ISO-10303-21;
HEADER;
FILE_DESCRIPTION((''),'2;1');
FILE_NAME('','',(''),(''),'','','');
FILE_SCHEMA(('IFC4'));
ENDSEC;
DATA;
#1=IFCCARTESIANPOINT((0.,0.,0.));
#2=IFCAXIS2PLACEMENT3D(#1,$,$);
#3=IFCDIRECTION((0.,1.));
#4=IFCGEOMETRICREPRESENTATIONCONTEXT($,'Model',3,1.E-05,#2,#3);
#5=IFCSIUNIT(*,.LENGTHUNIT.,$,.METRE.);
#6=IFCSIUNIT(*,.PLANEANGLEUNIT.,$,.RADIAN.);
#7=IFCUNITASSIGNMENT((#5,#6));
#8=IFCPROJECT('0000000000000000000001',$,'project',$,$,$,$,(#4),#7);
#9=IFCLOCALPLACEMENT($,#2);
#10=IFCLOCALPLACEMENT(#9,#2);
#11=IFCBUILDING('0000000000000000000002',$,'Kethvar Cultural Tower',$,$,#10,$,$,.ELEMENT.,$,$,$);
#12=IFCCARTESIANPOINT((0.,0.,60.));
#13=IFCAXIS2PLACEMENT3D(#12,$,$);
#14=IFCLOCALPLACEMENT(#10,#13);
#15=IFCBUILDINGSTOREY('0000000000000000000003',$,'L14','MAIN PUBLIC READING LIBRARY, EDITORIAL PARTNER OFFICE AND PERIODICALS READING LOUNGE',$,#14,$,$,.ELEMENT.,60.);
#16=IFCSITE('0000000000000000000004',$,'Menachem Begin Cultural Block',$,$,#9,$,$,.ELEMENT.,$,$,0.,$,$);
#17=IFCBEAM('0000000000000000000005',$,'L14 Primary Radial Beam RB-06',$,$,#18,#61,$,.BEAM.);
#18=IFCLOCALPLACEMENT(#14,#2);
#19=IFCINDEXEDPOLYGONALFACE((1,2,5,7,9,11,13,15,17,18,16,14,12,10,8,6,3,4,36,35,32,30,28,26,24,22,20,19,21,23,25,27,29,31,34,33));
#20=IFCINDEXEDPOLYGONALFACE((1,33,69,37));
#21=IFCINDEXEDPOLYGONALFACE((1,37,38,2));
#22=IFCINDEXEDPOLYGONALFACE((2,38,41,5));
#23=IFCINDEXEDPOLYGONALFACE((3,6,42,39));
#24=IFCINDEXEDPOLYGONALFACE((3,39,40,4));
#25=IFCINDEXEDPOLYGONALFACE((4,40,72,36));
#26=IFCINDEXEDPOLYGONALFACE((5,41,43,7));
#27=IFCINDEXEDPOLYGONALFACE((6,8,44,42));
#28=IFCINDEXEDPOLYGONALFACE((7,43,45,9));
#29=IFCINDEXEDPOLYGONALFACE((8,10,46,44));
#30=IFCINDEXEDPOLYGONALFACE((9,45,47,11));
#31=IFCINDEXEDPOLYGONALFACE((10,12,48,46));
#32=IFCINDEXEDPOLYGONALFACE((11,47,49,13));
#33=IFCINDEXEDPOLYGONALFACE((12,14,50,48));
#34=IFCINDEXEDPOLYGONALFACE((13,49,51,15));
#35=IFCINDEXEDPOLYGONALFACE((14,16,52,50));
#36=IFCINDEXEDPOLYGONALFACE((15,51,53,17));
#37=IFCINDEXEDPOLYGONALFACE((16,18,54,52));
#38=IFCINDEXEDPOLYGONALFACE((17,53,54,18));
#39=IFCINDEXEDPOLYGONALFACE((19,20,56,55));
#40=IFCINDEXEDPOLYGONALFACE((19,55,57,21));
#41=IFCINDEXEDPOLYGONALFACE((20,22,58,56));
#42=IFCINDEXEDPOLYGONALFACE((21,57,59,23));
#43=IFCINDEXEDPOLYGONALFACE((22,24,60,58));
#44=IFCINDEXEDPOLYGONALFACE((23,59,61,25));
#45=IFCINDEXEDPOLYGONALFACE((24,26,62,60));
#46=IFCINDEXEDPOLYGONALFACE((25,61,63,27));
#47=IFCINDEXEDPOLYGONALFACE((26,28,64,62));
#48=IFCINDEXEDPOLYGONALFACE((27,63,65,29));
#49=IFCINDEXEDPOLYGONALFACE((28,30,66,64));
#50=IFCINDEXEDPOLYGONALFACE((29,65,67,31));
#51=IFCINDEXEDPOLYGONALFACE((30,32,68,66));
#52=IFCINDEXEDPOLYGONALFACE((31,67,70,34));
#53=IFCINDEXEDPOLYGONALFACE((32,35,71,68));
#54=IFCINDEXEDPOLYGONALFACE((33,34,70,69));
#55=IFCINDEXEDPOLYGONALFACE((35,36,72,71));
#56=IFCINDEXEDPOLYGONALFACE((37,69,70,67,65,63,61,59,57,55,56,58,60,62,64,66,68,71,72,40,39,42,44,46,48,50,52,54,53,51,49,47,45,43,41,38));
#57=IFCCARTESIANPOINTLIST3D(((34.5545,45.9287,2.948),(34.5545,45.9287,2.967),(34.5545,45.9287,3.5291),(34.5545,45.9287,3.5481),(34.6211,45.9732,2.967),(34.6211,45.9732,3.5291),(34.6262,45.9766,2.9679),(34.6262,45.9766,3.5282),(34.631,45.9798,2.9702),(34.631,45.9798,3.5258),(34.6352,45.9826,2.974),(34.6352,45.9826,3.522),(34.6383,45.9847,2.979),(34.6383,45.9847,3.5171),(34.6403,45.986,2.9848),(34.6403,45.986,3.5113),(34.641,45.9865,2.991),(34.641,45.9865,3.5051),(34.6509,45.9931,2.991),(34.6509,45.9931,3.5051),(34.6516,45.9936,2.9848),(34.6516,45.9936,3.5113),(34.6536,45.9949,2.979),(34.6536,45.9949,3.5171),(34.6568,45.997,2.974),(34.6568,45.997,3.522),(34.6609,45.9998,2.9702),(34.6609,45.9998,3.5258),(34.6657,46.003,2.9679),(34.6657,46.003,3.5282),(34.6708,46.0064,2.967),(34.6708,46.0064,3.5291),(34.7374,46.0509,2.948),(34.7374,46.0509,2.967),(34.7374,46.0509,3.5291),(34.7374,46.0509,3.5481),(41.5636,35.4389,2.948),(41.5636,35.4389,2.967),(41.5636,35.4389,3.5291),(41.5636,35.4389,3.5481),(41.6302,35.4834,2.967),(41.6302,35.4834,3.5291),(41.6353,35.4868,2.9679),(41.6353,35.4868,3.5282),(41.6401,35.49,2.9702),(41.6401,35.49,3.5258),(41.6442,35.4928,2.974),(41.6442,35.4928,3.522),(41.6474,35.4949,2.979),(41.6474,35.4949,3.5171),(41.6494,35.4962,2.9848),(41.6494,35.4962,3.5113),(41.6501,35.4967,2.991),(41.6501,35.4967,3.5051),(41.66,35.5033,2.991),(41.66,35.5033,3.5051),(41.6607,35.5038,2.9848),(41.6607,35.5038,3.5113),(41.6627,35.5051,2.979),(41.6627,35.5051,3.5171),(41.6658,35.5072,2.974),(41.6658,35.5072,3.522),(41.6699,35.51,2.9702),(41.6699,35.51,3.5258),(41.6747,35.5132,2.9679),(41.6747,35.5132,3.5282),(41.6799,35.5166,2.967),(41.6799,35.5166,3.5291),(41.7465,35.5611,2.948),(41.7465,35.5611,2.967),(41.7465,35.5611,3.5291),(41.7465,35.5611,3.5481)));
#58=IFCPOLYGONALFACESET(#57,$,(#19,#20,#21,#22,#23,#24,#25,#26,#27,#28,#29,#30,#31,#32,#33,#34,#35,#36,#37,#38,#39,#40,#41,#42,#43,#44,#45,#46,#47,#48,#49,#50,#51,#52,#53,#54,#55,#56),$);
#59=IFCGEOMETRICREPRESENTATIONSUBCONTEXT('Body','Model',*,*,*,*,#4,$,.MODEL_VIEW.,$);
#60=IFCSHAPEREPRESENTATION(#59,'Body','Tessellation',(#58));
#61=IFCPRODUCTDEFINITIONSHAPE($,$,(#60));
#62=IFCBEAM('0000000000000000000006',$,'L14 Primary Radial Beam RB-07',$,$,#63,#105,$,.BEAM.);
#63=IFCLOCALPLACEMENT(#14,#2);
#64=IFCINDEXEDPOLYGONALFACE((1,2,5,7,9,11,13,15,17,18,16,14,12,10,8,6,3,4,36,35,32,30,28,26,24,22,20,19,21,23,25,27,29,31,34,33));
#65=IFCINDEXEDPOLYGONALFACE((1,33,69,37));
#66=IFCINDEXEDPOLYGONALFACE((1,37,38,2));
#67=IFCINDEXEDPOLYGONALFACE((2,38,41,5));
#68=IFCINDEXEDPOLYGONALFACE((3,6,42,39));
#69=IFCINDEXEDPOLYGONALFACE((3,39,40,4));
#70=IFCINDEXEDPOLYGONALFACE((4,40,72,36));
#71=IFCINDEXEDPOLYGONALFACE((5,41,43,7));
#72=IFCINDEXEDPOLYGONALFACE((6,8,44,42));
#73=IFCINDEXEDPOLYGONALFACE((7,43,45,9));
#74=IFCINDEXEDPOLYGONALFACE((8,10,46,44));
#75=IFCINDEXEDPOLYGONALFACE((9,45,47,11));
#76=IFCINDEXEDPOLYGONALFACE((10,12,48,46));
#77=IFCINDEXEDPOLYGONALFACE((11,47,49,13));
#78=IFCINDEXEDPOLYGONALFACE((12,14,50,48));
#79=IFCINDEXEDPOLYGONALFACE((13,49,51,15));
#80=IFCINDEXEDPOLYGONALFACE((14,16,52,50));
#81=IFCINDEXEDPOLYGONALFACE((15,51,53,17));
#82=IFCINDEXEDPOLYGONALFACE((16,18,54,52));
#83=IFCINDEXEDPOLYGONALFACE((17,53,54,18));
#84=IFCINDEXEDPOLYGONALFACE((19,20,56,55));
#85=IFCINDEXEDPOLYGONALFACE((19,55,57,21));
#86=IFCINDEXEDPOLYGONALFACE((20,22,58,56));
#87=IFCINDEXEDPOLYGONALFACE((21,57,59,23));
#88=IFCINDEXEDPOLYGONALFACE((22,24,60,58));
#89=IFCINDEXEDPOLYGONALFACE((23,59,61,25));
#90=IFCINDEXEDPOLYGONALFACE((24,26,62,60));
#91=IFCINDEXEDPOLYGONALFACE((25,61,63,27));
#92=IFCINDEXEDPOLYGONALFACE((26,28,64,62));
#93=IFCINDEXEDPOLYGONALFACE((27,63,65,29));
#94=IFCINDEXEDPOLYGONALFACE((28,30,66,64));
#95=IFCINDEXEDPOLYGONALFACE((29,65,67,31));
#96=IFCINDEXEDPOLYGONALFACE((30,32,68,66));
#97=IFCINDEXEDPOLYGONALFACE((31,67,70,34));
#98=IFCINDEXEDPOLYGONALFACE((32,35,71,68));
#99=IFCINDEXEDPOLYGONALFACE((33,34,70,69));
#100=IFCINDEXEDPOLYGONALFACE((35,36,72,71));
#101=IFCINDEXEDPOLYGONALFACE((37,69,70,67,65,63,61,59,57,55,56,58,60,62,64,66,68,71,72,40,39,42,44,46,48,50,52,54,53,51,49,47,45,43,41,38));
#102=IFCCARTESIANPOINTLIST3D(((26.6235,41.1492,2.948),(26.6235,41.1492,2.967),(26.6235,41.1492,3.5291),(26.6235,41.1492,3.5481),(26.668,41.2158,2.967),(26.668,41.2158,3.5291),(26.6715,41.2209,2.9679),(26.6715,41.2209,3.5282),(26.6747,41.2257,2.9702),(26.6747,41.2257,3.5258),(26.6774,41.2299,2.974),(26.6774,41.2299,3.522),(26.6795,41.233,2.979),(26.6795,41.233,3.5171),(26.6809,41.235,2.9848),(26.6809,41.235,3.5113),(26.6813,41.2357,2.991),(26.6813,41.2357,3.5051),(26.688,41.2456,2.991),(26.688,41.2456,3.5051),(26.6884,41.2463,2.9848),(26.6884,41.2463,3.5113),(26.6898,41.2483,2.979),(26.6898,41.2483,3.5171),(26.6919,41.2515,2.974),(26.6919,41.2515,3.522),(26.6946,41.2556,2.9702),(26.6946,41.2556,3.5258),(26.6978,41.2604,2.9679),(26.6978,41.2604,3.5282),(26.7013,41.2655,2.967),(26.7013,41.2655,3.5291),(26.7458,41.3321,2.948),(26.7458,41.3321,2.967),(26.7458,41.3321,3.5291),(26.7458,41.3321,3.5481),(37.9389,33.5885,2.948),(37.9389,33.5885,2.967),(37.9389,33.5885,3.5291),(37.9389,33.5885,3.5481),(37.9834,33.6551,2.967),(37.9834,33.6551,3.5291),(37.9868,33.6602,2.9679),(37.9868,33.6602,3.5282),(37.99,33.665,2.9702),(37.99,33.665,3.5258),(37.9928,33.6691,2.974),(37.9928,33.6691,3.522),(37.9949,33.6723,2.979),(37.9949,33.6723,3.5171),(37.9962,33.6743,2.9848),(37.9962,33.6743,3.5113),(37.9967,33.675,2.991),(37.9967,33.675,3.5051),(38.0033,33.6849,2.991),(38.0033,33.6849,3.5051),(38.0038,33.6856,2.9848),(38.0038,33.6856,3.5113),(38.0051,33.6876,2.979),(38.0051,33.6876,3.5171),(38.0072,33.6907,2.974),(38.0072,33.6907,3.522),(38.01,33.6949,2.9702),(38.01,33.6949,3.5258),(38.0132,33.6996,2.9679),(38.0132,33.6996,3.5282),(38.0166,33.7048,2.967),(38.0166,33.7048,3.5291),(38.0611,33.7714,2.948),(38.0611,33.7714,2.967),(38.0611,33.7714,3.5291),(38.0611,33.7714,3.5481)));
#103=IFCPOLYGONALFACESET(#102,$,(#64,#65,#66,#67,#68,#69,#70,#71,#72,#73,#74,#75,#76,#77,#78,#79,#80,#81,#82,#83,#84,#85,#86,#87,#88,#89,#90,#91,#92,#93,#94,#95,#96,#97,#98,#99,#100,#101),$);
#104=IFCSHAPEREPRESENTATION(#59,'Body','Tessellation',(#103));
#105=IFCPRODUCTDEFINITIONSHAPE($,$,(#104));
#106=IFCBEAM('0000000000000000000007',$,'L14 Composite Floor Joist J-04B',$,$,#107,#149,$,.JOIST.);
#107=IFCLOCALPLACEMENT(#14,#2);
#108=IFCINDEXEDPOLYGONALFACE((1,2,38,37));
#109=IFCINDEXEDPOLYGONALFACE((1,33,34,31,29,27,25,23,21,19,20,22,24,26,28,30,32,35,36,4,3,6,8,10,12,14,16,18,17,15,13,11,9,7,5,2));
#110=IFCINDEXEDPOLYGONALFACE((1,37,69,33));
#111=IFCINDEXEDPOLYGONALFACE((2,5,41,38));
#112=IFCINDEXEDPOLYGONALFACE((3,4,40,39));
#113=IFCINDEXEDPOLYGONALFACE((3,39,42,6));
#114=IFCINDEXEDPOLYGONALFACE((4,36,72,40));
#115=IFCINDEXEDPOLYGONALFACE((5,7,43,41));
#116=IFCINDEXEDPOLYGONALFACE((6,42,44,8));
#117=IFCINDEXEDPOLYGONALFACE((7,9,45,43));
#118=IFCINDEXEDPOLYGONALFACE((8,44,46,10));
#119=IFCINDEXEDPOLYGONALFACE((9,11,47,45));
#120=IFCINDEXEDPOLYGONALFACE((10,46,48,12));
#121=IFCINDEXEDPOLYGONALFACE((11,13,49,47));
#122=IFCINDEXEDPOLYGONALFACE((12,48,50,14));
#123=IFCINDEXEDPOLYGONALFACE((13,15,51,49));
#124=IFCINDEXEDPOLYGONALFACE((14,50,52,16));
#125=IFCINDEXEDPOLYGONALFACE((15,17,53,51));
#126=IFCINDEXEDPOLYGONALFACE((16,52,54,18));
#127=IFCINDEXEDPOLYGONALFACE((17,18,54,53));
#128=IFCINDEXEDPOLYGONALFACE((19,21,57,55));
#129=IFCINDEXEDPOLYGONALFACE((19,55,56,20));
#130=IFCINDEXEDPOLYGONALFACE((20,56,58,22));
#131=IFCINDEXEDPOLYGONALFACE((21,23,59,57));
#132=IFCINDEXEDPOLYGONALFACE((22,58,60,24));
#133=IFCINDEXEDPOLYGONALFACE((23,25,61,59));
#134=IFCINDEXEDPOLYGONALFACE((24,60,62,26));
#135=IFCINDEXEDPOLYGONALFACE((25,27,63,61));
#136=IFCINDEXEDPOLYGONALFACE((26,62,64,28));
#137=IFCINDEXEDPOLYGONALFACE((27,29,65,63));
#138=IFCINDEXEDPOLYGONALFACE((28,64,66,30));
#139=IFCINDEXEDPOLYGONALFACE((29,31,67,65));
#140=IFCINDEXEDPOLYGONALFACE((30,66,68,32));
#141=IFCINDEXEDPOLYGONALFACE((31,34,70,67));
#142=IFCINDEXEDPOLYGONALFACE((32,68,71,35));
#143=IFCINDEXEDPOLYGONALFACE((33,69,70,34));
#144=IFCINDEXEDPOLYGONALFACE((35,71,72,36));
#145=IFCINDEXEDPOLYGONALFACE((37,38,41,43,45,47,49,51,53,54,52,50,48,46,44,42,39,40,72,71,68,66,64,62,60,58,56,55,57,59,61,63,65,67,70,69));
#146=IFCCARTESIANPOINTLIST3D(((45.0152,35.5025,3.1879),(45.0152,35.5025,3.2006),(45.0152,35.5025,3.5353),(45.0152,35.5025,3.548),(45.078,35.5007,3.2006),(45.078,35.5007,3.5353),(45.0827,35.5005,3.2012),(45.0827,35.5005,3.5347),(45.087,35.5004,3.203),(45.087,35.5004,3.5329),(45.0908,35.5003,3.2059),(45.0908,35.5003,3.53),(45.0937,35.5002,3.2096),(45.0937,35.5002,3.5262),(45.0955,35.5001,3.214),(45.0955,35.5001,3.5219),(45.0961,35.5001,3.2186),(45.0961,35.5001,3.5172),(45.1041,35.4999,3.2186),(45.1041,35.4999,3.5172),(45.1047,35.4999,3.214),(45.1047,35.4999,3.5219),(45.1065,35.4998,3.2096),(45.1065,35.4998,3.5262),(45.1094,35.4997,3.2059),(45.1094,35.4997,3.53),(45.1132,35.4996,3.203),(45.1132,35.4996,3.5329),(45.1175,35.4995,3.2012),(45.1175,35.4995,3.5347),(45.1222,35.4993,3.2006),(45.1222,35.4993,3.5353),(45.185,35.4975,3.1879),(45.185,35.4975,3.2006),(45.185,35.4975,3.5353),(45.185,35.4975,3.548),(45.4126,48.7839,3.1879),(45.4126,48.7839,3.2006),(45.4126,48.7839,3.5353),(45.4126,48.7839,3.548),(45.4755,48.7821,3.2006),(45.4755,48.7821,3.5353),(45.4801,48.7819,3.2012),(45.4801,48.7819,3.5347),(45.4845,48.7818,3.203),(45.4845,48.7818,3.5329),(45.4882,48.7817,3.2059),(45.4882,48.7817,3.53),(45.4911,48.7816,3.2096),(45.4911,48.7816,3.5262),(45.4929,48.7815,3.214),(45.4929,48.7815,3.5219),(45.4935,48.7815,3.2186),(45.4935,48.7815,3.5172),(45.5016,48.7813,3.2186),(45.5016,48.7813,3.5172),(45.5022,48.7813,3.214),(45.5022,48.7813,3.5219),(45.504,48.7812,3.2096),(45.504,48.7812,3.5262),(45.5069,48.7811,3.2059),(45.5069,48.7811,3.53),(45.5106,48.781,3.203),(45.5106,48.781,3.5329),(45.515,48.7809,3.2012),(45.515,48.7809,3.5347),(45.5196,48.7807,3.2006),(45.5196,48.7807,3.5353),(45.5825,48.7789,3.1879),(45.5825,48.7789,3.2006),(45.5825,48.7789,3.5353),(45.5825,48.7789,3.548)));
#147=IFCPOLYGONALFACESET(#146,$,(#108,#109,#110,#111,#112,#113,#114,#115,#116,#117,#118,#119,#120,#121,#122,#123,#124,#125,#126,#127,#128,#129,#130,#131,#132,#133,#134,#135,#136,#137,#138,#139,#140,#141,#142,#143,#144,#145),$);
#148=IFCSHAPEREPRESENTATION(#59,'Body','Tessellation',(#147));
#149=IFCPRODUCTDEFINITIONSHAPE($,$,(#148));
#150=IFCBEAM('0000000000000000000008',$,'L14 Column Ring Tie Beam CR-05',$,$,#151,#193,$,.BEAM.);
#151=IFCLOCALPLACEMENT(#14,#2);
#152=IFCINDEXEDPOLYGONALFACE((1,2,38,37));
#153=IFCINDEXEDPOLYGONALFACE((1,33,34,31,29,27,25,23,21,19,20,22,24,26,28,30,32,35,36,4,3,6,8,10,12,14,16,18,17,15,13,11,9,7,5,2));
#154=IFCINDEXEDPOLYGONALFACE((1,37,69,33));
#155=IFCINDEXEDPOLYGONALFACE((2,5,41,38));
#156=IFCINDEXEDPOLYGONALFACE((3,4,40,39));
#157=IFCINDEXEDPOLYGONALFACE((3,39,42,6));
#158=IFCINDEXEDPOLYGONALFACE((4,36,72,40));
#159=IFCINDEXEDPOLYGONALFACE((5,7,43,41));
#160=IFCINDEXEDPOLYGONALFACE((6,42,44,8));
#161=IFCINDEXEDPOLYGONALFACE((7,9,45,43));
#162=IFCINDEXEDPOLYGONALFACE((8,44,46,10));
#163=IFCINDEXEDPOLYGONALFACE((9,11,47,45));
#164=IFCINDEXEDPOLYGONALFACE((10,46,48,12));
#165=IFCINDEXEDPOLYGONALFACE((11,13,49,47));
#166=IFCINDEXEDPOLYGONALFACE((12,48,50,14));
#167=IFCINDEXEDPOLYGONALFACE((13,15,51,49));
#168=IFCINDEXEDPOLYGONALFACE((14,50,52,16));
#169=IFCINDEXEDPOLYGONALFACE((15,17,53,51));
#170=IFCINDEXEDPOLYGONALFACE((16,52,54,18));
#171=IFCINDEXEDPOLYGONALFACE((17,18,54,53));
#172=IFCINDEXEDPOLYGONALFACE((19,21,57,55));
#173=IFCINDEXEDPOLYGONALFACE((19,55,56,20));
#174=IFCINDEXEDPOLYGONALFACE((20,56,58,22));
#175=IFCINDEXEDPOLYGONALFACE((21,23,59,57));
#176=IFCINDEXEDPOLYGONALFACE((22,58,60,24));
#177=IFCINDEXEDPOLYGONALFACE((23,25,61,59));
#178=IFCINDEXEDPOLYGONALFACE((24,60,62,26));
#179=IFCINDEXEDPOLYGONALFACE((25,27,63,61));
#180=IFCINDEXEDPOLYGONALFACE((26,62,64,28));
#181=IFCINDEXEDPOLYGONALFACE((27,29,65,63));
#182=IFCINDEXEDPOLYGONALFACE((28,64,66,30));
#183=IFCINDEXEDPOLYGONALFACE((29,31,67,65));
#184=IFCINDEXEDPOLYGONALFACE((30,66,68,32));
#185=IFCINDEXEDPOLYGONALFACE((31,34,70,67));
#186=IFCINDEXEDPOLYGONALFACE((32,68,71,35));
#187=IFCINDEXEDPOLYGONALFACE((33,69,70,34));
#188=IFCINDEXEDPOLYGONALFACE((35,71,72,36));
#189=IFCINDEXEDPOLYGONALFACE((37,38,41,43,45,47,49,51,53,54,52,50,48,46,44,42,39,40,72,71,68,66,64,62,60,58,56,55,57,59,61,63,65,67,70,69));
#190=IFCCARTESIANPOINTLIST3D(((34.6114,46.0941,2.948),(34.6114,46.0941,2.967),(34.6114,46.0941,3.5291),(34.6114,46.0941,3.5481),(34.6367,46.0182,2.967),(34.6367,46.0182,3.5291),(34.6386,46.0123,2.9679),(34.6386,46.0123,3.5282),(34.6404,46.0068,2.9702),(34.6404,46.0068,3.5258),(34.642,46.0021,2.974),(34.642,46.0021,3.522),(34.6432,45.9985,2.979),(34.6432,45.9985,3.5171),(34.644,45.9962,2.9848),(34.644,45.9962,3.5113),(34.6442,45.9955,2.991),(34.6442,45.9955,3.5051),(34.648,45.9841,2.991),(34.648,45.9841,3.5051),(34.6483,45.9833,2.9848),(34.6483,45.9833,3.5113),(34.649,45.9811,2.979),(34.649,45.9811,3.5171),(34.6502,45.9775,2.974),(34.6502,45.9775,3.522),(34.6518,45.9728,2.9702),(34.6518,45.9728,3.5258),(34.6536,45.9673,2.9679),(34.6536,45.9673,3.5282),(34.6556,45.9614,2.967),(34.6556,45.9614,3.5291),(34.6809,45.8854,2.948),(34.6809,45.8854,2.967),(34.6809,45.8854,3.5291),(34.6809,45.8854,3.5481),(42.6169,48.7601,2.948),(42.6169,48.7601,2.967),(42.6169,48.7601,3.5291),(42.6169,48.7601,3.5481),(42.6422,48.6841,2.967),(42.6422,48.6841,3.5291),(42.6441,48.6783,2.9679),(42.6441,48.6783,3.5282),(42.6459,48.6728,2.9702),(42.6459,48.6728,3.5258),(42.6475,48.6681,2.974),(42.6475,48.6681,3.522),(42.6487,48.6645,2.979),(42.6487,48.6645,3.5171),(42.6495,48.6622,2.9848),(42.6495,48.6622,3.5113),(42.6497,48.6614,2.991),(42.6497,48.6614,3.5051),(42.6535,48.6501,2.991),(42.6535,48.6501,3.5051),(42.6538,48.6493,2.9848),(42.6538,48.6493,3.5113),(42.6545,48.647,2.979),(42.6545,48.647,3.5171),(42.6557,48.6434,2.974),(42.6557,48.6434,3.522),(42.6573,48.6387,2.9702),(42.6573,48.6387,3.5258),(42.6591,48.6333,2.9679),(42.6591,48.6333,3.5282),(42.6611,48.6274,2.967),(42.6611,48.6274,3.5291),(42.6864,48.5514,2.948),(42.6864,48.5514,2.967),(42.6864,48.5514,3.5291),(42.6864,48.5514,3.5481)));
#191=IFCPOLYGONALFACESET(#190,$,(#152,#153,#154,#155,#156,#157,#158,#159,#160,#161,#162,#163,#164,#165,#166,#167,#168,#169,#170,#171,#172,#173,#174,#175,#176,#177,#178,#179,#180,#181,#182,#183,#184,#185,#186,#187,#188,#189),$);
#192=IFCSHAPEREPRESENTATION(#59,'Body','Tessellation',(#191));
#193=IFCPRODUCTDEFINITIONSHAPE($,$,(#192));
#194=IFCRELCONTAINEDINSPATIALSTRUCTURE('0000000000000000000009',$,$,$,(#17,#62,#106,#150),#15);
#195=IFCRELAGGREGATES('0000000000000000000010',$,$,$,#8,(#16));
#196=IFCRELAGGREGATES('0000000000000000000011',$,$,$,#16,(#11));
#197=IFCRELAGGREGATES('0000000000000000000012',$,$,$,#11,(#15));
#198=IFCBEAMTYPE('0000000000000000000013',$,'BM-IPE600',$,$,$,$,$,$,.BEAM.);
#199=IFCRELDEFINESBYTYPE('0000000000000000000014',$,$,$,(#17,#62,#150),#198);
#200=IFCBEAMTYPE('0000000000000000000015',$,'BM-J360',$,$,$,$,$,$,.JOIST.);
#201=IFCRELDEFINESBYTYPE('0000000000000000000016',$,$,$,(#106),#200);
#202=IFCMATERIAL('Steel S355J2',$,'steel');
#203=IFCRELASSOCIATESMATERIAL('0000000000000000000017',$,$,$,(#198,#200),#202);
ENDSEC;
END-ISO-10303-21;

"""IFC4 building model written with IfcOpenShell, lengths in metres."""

from ifc_helpers import new_model, si_unit, direction, frame, origin, origin_2d, place, context, subcontext, project, spatial, i_section, extrude, source, transform, mapped, material, material_profile, profile_set, type_object, element, save


model = new_model("IFC4")

# Units and contexts
model_context = context("Model", 3, precision=1e-05, world=origin(), true_north=direction((0.0, 1.0)))
body_context = subcontext(model_context, "Body", "Model", "MODEL_VIEW")
ifc_project = project(units=[si_unit("LENGTHUNIT", "METRE"), si_unit("PLANEANGLEUNIT", "RADIAN")], contexts=[model_context])

# Site, building, storey
site_placement = place(None, origin())
site = spatial("IfcSite", under=ifc_project, at=site_placement, Name="Menachem Begin Cultural Block", CompositionType="ELEMENT", RefElevation=0.0)
building_placement = place(site_placement, origin())
building = spatial("IfcBuilding", under=site, at=building_placement, Name="Kethvar Cultural Tower", CompositionType="ELEMENT")
storey_placement = place(building_placement, frame((0.0, 0.0, 60.0)))
storey = spatial("IfcBuildingStorey", under=building, at=storey_placement, Name="L14", Description="MAIN PUBLIC READING LIBRARY, EDITORIAL PARTNER OFFICE AND PERIODICALS READING LOUNGE", CompositionType="ELEMENT", Elevation=60.0)

# Beams
ifc_material_1 = material(Name="Steel S355J2", Category="steel")
ifc_material_profile_1 = material_profile(ifc_material_1, i_section(OverallWidth=0.22, OverallDepth=0.6001, WebThickness=0.012, FlangeThickness=0.019, FilletRadius=0.0239, at=origin_2d()), Name="Steel S355J2 — IPE600")
ifc_profile_set_1 = profile_set([ifc_material_profile_1], Name="Steel S355J2 — IPE600")
beam_type_1 = type_object("IfcBeamType", Name="BM-IPE600", PredefinedType="BEAM", material=ifc_profile_set_1)
shared_shape_1 = source(origin(), body_context, "Body", "SweptSolid", [
    extrude(i_section(OverallWidth=0.22, OverallDepth=0.6001, WebThickness=0.012, FlangeThickness=0.019, FilletRadius=0.0239, at=origin_2d()), origin(), (0.0, 0.0, 1.0), 12.616),
])
beam_1_placement = place(storey_placement, frame((41.655, 35.5, 3.248), z_axis=(-0.555571, 0.831469, 0.0), x_axis=(-0.831469, -0.555571, 0.0)))
element("IfcBeam", 1, at=beam_1_placement, inside=storey, type_object=beam_type_1, Name="L14 Primary Radial Beam RB-06", PredefinedType="BEAM", context=body_context, shape_type="MappedRepresentation", body=[
    mapped(shared_shape_1, transform((0.0, 0.0, 0.0), scale=1.0)),
])
shared_shape_2 = source(origin(), body_context, "Body", "SweptSolid", [
    extrude(i_section(OverallWidth=0.22, OverallDepth=0.6001, WebThickness=0.012, FlangeThickness=0.019, FilletRadius=0.0239, at=origin_2d()), origin(), (0.0, 0.0, 1.0), 13.6089),
])
beam_2_placement = place(storey_placement, frame((38.0, 33.6799, 3.248), z_axis=(-0.831467, 0.555573, 0.0), x_axis=(-0.555573, -0.831467, 0.0)))
element("IfcBeam", 2, at=beam_2_placement, inside=storey, type_object=beam_type_1, Name="L14 Primary Radial Beam RB-07", PredefinedType="BEAM", context=body_context, shape_type="MappedRepresentation", body=[
    mapped(shared_shape_2, transform((0.0, 0.0, 0.0), scale=1.0)),
])
ifc_material_profile_2 = material_profile(ifc_material_1, i_section(OverallWidth=0.1699, OverallDepth=0.3601, WebThickness=0.0081, FlangeThickness=0.0127, FilletRadius=0.0181, at=origin_2d()), Name="Steel S355J2 — IPE360")
ifc_profile_set_2 = profile_set([ifc_material_profile_2], Name="Steel S355J2 — IPE360")
beam_type_2 = type_object("IfcBeamType", Name="BM-J360", PredefinedType="JOIST", material=ifc_profile_set_2)
shared_shape_3 = source(origin(), body_context, "Body", "SweptSolid", [
    extrude(i_section(OverallWidth=0.1699, OverallDepth=0.3601, WebThickness=0.0081, FlangeThickness=0.0127, FilletRadius=0.0181, at=origin_2d()), origin(), (0.0, 0.0, 1.0), 13.2874),
])
beam_3_placement = place(storey_placement, frame((45.1001, 35.5, 3.3679), z_axis=(0.029913, 0.999553, 0.0), x_axis=(-0.999553, 0.029913, 0.0)))
element("IfcBeam", 3, at=beam_3_placement, inside=storey, type_object=beam_type_2, Name="L14 Composite Floor Joist J-04B", PredefinedType="JOIST", context=body_context, shape_type="MappedRepresentation", body=[
    mapped(shared_shape_3, transform((0.0, 0.0, 0.0), scale=1.0)),
])
shared_shape_4 = source(origin(), body_context, "Body", "SweptSolid", [
    extrude(i_section(OverallWidth=0.22, OverallDepth=0.6001, WebThickness=0.012, FlangeThickness=0.019, FilletRadius=0.0239, at=origin_2d()), origin(), (0.0, 0.0, 1.0), 8.4377),
])
beam_4_placement = place(storey_placement, frame((42.6516, 48.6558, 3.248), z_axis=(-0.948773, -0.315959, 0.0), x_axis=(0.315959, -0.948773, 0.0)))
element("IfcBeam", 4, at=beam_4_placement, inside=storey, type_object=beam_type_1, Name="L14 Column Ring Tie Beam CR-05", PredefinedType="BEAM", context=body_context, shape_type="MappedRepresentation", body=[
    mapped(shared_shape_4, transform((0.0, 0.0, 0.0), scale=1.0)),
])

save(model, "model.ifc")
